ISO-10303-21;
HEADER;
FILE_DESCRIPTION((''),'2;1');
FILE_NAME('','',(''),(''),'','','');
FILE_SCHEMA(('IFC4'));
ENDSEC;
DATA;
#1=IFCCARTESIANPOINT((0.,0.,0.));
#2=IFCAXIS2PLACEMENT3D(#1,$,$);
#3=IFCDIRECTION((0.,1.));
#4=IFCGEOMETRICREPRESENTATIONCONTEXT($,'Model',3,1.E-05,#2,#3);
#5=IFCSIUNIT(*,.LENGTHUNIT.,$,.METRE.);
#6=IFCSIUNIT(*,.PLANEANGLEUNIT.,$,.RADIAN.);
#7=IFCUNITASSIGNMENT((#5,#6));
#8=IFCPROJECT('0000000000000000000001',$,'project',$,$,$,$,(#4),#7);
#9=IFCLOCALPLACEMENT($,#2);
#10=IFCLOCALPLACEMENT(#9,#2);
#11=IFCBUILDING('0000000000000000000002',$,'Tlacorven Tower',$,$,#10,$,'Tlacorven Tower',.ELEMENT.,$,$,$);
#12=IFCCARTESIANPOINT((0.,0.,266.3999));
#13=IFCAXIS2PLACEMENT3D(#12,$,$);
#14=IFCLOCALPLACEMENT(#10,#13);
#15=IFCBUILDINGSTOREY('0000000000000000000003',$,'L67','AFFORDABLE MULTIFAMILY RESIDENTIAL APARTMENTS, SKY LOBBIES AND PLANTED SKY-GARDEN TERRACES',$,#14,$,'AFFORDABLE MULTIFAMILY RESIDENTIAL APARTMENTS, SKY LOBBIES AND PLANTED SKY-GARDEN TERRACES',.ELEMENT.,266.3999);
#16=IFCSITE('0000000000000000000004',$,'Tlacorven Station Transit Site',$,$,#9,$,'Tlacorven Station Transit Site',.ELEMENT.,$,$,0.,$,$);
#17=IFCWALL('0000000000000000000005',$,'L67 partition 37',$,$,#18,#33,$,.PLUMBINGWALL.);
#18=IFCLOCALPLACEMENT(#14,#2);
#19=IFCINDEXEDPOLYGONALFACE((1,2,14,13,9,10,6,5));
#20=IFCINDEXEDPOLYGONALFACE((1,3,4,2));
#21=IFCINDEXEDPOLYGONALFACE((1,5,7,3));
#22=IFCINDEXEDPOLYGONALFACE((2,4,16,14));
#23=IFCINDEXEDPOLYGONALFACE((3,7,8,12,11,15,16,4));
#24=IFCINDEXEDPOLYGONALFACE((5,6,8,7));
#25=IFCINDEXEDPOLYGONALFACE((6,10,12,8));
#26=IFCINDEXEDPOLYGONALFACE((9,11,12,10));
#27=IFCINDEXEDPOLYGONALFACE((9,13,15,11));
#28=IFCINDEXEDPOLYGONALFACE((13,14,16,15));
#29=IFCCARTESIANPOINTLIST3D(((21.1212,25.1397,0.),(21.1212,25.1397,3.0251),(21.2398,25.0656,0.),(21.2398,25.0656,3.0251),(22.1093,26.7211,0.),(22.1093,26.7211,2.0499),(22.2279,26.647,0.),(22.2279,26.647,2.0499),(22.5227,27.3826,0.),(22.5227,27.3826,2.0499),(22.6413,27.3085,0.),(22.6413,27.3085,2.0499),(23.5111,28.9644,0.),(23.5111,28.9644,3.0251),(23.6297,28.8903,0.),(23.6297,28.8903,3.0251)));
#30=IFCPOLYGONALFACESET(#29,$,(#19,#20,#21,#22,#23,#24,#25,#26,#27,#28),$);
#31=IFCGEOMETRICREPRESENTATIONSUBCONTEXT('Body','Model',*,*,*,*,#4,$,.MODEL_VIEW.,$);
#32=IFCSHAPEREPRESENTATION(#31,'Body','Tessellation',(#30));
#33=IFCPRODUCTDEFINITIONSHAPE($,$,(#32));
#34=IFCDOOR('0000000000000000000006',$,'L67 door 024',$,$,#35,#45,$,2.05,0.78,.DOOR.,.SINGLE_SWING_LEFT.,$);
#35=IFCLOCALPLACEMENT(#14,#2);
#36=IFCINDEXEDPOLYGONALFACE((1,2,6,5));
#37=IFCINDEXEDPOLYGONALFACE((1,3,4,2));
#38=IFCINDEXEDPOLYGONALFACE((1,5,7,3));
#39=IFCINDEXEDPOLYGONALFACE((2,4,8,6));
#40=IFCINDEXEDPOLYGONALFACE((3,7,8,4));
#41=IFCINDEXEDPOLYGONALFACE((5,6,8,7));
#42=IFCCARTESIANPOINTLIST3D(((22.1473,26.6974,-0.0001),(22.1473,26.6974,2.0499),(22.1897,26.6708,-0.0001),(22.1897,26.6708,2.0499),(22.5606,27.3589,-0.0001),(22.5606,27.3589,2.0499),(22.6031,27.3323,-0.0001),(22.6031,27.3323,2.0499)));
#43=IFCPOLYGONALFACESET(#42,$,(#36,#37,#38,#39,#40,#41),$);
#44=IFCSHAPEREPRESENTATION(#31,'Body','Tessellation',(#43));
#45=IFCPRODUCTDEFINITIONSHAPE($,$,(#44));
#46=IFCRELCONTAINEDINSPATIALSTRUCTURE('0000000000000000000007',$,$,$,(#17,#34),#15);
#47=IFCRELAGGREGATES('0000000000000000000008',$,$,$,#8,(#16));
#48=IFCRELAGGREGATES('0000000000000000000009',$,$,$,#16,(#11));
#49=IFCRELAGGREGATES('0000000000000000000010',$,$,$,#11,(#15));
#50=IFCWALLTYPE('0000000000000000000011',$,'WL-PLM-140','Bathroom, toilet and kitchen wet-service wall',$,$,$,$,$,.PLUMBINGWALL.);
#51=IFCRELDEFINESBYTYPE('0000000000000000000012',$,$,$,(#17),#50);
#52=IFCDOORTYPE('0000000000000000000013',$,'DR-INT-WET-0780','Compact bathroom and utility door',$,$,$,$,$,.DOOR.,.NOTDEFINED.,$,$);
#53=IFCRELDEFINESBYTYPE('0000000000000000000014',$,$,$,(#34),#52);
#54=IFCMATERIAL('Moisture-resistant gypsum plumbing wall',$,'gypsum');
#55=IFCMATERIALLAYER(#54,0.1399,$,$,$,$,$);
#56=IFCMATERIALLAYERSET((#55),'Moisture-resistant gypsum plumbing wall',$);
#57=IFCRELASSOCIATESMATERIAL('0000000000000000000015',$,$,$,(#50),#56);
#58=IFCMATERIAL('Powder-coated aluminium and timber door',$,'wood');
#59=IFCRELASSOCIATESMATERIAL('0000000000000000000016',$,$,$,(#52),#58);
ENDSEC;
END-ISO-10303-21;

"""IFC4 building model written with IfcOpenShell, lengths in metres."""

from ifc_helpers import new_model, si_unit, direction, frame, frame_2d, origin, place, context, subcontext, project, spatial, rectangle, extrude, source, transform, mapped, material, layer, layer_set, type_object, element, fill, save


model = new_model("IFC4")

# Units and contexts
model_context = context("Model", 3, precision=1e-05, world=origin(), true_north=direction((0.0, 1.0)))
body_context = subcontext(model_context, "Body", "Model", "MODEL_VIEW")
ifc_project = project(units=[si_unit("LENGTHUNIT", "METRE"), si_unit("PLANEANGLEUNIT", "RADIAN")], contexts=[model_context])

# Site, building, storey
site_placement = place(None, origin())
site = spatial("IfcSite", under=ifc_project, at=site_placement, Name="Tlacorven Station Transit Site", LongName="Tlacorven Station Transit Site", CompositionType="ELEMENT", RefElevation=0.0)
building_placement = place(site_placement, origin())
building = spatial("IfcBuilding", under=site, at=building_placement, Name="Tlacorven Tower", LongName="Tlacorven Tower", CompositionType="ELEMENT")
storey_placement = place(building_placement, frame((0.0, 0.0, 266.3999)))
storey = spatial("IfcBuildingStorey", under=building, at=storey_placement, Name="L67", Description="AFFORDABLE MULTIFAMILY RESIDENTIAL APARTMENTS, SKY LOBBIES AND PLANTED SKY-GARDEN TERRACES", LongName="AFFORDABLE MULTIFAMILY RESIDENTIAL APARTMENTS, SKY LOBBIES AND PLANTED SKY-GARDEN TERRACES", CompositionType="ELEMENT", Elevation=266.3999)

# Wall, opening, door
ifc_material_1 = material(Name="Powder-coated aluminium and timber door", Category="wood")
ifc_material_2 = material(Name="Moisture-resistant gypsum plumbing wall", Category="gypsum")
ifc_layer_1 = layer(ifc_material_2, 0.1399)
ifc_layer_set_1 = layer_set([ifc_layer_1], Name="Moisture-resistant gypsum plumbing wall")
wall_type_1 = type_object("IfcWallType", Name="WL-PLM-140", Description="Bathroom, toilet and kitchen wet-service wall", PredefinedType="PLUMBINGWALL", material=ifc_layer_set_1)
wall_1_placement = place(storey_placement, frame((23.5703, 28.9272, 0.0), z_axis=(0.0, 0.0, 1.0), x_axis=(-0.529911, -0.848053, 0.0)))
wall_1 = element("IfcWall", 1, at=wall_1_placement, inside=storey, type_object=wall_type_1, Name="L67 partition 37", PredefinedType="PLUMBINGWALL", context=body_context, shape_type="SweptSolid", body=[
    extrude(rectangle(XDim=4.51, YDim=0.1399, at=frame_2d((2.2549, 0.0))), origin(), (0.0, 0.0, 1.0), 3.0251),
])
opening_1_placement = place(wall_1_placement, frame((1.865, 0.0, 0.0)))
opening_1 = element("IfcOpeningElement", 2, at=opening_1_placement, cuts=wall_1, PredefinedType="OPENING", context=body_context, shape_type="SweptSolid", body=[
    extrude(rectangle(XDim=0.78, YDim=2.05, at=frame_2d((0.3901, 1.0249))), frame((0.0, 0.0801, 0.0), z_axis=(0.0, -1.0, 0.0), x_axis=(1.0, 0.0, 0.0)), (0.0, 0.0, 1.0), 0.1599),
])
door_type_1 = type_object("IfcDoorType", Name="DR-INT-WET-0780", Description="Compact bathroom and utility door", OperationType="NOTDEFINED", PredefinedType="DOOR", material=ifc_material_1)
shared_shape_1 = source(origin(), body_context, "Body", "SweptSolid", [
    extrude(rectangle(XDim=0.78, YDim=2.05, at=frame_2d((0.3901, 1.0249))), frame((0.0, 0.0249, 0.0), z_axis=(0.0, -1.0, 0.0), x_axis=(1.0, 0.0, 0.0)), (0.0, 0.0, 1.0), 0.05),
])
door_1_placement = place(opening_1_placement, origin())
door_1 = element("IfcDoor", 3, at=door_1_placement, inside=storey, type_object=door_type_1, Name="L67 door 024", OperationType="SINGLE_SWING_LEFT", OverallHeight=2.05, OverallWidth=0.78, PredefinedType="DOOR", context=body_context, shape_type="MappedRepresentation", body=[
    mapped(shared_shape_1, transform((0.0, 0.0, 0.0), scale=1.0)),
])
fill(opening_1, door_1)

save(model, "model.ifc")
